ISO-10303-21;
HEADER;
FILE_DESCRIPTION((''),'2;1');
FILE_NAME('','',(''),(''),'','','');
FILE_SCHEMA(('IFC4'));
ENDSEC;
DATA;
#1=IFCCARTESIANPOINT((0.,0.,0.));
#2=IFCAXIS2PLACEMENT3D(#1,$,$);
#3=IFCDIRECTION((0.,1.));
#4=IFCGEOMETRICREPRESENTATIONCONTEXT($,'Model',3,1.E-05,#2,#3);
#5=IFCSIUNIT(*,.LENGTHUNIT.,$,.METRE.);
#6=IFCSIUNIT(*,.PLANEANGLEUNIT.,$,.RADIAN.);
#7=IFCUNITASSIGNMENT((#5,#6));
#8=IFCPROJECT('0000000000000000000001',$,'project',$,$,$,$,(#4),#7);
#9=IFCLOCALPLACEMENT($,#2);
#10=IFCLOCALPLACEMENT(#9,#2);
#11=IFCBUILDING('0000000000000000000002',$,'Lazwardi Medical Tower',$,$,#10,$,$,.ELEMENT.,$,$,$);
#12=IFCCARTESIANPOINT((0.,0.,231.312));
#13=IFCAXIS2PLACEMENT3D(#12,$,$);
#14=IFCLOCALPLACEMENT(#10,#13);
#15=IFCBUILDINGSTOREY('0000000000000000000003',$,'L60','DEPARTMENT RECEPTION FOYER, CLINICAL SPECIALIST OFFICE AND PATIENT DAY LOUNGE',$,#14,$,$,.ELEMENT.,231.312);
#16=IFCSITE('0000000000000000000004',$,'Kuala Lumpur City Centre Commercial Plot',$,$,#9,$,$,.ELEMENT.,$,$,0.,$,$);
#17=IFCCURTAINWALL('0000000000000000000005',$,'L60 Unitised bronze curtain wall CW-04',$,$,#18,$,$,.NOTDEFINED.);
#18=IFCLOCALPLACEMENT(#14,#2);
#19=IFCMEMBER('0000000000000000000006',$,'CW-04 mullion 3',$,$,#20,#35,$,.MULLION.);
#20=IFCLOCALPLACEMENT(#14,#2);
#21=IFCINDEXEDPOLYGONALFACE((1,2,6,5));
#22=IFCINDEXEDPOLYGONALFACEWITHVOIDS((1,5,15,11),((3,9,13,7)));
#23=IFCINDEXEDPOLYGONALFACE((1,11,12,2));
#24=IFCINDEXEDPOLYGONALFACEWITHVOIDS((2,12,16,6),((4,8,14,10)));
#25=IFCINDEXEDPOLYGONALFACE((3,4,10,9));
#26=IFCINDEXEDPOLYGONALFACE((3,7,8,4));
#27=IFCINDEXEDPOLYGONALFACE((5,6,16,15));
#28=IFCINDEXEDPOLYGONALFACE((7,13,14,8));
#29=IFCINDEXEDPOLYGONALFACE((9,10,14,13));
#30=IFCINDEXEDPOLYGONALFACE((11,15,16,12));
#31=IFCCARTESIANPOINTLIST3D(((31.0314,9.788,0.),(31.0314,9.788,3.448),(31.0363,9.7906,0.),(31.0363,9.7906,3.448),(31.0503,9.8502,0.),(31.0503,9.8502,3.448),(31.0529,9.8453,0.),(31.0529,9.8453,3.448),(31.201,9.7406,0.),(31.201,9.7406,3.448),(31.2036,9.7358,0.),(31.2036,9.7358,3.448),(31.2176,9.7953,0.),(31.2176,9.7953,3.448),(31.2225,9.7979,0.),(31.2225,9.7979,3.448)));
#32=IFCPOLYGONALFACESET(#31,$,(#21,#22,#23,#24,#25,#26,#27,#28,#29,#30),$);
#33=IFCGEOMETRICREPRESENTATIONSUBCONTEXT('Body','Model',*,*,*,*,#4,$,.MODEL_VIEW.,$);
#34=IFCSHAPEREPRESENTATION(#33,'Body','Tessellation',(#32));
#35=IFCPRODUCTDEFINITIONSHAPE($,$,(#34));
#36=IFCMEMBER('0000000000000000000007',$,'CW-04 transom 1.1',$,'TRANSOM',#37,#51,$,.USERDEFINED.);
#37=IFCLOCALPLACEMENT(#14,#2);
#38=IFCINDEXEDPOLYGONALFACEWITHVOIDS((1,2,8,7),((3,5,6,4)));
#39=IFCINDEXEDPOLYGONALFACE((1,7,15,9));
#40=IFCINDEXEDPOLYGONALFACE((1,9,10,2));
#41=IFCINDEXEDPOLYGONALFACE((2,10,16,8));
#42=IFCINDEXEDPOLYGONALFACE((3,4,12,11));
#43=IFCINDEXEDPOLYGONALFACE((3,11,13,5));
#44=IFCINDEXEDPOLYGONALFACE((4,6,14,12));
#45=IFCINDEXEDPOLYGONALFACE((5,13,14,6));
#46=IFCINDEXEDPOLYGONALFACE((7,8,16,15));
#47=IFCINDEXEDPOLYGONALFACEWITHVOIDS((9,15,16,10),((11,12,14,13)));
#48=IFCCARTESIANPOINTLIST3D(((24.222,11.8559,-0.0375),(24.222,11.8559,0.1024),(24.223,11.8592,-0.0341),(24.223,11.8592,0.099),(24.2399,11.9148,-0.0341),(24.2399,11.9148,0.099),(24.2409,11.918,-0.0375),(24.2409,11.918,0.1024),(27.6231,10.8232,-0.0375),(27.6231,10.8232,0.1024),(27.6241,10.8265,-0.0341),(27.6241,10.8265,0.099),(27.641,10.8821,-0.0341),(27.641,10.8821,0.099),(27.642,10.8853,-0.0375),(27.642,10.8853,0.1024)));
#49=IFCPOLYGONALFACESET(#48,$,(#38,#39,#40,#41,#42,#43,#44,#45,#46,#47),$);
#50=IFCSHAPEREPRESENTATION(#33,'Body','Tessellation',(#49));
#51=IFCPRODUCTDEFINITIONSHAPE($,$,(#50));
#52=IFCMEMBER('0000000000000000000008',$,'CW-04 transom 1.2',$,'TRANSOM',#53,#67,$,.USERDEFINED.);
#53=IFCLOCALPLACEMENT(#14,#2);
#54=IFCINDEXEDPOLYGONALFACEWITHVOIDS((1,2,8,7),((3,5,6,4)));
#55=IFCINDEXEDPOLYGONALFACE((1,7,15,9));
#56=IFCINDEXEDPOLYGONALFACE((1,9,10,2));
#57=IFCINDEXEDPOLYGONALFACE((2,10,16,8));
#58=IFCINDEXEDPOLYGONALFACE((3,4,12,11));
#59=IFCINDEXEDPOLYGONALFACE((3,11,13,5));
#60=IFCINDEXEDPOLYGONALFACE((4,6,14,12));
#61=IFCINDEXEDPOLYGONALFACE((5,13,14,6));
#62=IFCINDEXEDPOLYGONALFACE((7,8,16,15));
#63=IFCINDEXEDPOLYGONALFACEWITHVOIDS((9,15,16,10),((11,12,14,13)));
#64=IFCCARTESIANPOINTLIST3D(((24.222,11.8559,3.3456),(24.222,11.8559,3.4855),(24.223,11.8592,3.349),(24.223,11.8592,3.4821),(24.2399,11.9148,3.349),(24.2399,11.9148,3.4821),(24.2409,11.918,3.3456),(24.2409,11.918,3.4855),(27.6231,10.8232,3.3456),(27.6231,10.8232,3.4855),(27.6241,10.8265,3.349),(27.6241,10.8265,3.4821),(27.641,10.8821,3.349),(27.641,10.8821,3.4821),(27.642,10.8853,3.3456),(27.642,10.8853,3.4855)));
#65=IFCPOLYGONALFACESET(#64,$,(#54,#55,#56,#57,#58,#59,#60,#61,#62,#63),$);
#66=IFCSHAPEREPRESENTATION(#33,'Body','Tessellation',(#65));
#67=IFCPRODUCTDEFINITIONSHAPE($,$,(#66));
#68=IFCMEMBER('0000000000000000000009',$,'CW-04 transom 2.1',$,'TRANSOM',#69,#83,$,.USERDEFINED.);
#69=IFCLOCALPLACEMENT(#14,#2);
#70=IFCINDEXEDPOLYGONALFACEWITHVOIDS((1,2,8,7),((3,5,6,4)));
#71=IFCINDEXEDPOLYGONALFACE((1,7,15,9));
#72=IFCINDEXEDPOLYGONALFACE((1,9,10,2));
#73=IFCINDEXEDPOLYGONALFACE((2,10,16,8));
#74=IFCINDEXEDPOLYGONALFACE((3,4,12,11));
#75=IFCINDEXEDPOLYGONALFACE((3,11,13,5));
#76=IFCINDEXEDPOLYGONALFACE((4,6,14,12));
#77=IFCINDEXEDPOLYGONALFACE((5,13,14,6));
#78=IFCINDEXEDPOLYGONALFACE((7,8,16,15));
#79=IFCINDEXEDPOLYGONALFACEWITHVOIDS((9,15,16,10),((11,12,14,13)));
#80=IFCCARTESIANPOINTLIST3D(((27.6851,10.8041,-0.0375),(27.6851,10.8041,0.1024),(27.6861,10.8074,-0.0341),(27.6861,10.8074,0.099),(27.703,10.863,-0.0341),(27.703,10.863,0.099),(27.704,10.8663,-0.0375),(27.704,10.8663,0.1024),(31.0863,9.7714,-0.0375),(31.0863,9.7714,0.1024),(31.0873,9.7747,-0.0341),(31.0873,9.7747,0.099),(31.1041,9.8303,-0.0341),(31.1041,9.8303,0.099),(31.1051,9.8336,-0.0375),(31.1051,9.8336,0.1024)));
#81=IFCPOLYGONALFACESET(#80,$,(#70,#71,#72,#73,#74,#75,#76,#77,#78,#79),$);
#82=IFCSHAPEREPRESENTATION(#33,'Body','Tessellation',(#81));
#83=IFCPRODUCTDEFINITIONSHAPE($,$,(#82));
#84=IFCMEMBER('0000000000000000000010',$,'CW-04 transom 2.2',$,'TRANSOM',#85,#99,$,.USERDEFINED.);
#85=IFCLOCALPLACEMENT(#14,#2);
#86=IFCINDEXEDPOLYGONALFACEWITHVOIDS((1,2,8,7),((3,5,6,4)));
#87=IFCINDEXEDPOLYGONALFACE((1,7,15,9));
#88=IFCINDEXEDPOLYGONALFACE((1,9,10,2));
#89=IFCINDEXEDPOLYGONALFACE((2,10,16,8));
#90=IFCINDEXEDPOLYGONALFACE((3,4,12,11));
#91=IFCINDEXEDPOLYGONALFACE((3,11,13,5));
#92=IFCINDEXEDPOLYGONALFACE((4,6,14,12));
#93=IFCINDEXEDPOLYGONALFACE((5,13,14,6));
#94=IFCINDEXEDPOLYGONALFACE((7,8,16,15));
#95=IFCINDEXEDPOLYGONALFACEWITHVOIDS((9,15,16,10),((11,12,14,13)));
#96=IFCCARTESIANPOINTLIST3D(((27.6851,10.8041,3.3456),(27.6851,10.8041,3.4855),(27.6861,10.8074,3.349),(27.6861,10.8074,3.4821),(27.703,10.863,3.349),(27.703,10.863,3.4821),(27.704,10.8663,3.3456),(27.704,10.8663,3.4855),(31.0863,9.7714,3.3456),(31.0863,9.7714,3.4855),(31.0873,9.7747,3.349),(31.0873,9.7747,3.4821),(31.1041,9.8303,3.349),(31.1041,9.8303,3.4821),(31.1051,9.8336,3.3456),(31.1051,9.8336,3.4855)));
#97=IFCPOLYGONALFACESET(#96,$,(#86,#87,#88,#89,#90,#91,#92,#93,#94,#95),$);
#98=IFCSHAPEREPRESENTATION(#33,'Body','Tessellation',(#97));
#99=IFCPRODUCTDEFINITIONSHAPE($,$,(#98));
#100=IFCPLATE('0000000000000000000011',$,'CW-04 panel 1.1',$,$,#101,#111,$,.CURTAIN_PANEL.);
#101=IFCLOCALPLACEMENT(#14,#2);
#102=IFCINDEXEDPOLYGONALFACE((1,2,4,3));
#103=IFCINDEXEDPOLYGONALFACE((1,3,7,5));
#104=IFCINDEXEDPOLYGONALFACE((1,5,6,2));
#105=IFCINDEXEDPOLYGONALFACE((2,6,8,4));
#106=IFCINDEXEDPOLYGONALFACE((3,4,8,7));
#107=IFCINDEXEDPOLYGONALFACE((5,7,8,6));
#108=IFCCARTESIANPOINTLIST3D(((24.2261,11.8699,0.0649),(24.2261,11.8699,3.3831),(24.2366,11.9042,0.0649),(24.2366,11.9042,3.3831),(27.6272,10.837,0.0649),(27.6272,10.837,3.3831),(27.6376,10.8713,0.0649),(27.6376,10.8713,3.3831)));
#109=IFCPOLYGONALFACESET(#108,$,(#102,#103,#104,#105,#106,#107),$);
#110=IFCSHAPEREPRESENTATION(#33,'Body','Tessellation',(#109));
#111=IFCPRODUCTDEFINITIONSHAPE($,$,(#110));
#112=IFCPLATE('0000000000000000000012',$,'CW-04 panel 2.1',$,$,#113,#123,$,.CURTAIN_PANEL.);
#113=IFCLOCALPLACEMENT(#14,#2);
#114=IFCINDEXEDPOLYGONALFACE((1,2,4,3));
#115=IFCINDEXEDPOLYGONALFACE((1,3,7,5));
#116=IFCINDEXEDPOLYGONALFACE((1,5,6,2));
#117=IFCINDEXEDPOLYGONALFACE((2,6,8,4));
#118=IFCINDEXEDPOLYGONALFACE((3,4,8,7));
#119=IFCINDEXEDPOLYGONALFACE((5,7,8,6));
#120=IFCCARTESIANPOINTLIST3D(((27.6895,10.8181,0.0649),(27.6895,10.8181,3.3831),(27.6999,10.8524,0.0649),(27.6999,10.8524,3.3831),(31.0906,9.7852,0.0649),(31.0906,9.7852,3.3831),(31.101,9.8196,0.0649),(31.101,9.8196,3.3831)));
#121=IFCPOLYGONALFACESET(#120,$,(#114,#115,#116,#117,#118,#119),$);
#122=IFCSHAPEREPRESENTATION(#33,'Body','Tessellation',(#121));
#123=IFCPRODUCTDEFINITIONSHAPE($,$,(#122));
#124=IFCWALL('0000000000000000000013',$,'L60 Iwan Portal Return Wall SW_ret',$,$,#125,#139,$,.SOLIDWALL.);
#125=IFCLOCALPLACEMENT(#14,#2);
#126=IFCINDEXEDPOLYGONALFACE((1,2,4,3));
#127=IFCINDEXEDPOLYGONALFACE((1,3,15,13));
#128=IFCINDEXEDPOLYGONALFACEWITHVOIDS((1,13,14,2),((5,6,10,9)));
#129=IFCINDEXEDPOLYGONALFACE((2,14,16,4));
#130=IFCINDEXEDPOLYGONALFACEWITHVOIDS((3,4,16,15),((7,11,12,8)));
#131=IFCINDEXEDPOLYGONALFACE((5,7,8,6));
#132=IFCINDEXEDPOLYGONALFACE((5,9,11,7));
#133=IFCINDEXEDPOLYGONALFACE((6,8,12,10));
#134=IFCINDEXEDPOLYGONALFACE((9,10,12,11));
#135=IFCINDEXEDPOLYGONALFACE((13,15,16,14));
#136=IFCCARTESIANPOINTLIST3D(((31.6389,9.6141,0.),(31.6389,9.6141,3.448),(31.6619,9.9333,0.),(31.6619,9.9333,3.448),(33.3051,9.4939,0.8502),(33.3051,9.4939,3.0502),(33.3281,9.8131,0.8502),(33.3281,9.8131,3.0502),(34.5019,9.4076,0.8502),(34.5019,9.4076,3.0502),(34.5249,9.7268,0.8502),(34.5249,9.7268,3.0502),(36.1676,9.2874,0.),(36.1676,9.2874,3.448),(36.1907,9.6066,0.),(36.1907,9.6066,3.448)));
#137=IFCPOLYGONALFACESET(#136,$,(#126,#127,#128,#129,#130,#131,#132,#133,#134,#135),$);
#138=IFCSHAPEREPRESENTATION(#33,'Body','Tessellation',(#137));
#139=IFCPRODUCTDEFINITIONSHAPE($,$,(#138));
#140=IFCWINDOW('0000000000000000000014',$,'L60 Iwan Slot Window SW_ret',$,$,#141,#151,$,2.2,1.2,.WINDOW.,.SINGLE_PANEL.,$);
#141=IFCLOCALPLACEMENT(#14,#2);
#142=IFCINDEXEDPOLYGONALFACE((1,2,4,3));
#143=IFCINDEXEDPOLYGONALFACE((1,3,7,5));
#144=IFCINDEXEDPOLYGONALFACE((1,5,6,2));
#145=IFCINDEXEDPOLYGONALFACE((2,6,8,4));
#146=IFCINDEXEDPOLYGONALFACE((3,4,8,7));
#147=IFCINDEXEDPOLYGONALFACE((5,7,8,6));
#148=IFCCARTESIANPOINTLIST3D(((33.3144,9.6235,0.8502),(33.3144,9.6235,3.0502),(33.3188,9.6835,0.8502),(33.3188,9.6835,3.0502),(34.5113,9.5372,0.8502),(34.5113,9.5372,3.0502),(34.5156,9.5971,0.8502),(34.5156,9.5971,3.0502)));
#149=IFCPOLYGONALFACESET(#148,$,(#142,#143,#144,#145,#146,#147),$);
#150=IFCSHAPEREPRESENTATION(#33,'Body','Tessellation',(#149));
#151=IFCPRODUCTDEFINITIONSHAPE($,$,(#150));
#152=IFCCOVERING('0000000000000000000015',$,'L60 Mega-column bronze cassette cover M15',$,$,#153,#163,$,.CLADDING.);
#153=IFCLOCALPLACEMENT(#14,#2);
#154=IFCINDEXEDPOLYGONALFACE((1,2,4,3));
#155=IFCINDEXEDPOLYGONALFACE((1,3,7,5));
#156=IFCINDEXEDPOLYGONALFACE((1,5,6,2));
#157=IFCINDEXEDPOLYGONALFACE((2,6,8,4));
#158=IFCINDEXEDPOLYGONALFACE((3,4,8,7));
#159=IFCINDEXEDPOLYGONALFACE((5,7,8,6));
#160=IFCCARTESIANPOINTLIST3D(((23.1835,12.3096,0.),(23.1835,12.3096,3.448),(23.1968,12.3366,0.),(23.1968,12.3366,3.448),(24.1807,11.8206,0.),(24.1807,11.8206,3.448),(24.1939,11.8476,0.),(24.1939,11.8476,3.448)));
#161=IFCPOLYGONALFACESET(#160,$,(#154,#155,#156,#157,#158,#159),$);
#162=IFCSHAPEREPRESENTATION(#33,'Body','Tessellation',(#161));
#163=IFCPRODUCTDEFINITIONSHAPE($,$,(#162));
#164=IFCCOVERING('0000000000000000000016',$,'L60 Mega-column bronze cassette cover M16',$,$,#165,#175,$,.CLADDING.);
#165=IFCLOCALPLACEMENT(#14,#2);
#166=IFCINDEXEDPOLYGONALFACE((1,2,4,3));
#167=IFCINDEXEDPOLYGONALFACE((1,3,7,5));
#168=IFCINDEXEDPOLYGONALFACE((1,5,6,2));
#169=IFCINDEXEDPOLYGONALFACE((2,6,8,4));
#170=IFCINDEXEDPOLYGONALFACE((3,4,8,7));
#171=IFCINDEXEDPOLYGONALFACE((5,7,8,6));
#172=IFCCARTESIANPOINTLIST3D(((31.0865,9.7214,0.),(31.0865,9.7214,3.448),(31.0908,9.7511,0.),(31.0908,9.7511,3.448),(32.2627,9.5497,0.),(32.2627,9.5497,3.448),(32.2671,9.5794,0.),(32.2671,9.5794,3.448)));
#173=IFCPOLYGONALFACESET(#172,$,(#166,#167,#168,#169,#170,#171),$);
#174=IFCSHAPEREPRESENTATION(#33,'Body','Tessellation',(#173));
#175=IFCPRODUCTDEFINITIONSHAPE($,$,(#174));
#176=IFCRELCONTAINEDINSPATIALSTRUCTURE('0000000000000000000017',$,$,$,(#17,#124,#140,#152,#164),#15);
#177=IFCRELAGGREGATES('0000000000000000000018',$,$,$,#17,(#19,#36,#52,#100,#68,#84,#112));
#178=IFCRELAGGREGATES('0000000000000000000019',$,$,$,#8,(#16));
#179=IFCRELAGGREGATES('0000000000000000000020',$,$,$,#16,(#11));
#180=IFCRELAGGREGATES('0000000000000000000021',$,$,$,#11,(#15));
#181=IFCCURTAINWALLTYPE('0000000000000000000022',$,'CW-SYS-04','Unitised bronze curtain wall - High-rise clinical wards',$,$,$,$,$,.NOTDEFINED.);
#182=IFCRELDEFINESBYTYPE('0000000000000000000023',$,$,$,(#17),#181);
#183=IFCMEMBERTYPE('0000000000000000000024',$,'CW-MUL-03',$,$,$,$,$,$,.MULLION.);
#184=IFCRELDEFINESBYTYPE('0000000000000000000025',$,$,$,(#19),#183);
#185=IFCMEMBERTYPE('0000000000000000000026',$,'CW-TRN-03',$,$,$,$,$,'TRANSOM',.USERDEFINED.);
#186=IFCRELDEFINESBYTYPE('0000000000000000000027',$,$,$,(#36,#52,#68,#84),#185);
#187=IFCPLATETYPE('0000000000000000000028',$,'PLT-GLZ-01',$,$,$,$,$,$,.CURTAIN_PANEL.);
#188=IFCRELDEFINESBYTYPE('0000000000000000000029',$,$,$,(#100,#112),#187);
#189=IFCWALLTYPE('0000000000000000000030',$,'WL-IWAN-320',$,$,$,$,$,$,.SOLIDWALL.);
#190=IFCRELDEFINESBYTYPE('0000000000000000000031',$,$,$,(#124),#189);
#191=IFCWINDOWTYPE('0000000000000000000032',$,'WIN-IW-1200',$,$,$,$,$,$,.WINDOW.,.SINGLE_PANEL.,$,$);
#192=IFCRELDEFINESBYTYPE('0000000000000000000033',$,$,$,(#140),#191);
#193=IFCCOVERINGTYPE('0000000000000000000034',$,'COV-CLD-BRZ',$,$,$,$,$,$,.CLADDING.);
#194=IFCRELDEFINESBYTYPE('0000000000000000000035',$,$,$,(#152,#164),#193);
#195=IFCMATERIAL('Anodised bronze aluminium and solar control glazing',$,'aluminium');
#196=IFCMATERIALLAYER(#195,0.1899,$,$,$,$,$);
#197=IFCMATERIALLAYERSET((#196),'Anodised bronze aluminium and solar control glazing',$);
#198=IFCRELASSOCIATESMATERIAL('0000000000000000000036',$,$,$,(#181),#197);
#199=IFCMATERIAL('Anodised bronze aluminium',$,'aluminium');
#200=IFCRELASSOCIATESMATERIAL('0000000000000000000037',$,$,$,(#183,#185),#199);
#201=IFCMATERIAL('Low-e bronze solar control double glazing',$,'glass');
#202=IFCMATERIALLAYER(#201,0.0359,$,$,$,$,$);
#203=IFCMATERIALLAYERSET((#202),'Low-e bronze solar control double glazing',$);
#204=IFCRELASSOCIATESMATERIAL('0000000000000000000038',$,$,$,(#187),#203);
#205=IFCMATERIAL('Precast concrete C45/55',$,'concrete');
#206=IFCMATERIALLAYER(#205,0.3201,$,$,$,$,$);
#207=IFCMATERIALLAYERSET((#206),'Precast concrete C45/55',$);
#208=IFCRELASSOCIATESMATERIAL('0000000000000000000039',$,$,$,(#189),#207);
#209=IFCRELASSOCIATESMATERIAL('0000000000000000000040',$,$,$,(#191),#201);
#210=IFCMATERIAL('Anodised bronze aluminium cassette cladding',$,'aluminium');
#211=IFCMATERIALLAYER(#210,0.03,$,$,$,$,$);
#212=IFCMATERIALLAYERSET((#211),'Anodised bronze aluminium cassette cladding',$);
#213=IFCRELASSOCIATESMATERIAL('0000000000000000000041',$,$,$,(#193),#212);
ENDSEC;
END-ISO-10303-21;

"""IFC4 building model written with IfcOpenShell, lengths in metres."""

from ifc_helpers import new_model, si_unit, direction, frame, frame_2d, origin, origin_2d, place, context, subcontext, project, spatial, rectangle, hollow_rectangle, extrude, material, layer, layer_set, material_profile, profile_set, type_object, element, fill, aggregate, save


model = new_model("IFC4")

# Units and contexts
model_context = context("Model", 3, precision=1e-05, world=origin(), true_north=direction((0.0, 1.0)))
body_context = subcontext(model_context, "Body", "Model", "MODEL_VIEW")
ifc_project = project(units=[si_unit("LENGTHUNIT", "METRE"), si_unit("PLANEANGLEUNIT", "RADIAN")], contexts=[model_context])

# Site, building, storey
site_placement = place(None, origin())
site = spatial("IfcSite", under=ifc_project, at=site_placement, Name="Kuala Lumpur City Centre Commercial Plot", CompositionType="ELEMENT", RefElevation=0.0)
building_placement = place(site_placement, origin())
building = spatial("IfcBuilding", under=site, at=building_placement, Name="Lazwardi Medical Tower", CompositionType="ELEMENT")
storey_placement = place(building_placement, frame((0.0, 0.0, 231.312)))
storey = spatial("IfcBuildingStorey", under=building, at=storey_placement, Name="L60", Description="DEPARTMENT RECEPTION FOYER, CLINICAL SPECIALIST OFFICE AND PATIENT DAY LOUNGE", CompositionType="ELEMENT", Elevation=231.312)

# Shared definitions
ifc_material_1 = material(Name="Anodised bronze aluminium and solar control glazing", Category="aluminium")
ifc_layer_1 = layer(ifc_material_1, 0.1899)
ifc_layer_set_1 = layer_set([ifc_layer_1], Name="Anodised bronze aluminium and solar control glazing")
curtain_wall_type = type_object("IfcCurtainWallType", Name="CW-SYS-04", Description="Unitised bronze curtain wall - High-rise clinical wards", PredefinedType="NOTDEFINED", material=ifc_layer_set_1)
ifc_material_2 = material(Name="Anodised bronze aluminium", Category="aluminium")
ifc_material_profile_1 = material_profile(ifc_material_2, hollow_rectangle(XDim=0.0649, YDim=0.1799, WallThickness=0.0039, at=origin_2d()), Name="ALU-MULLION 180x65x4")
ifc_profile_set_1 = profile_set([ifc_material_profile_1], Name="Anodised bronze aluminium")
member_type_1 = type_object("IfcMemberType", Name="CW-MUL-03", PredefinedType="MULLION", material=ifc_profile_set_1)

# Curtain wall, members, plates
curtain_wall_1_placement = place(storey_placement, origin())
curtain_wall_1 = element("IfcCurtainWall", 1, at=curtain_wall_1_placement, inside=storey, type_object=curtain_wall_type, Name="L60 Unitised bronze curtain wall CW-04", PredefinedType="NOTDEFINED")
member_1_placement = place(storey_placement, frame((31.127, 9.793, 0.0), z_axis=(0.0, 0.0, 1.0), x_axis=(0.290582, 0.95685, 0.0)))
member_1 = element("IfcMember", 2, at=member_1_placement, type_object=member_type_1, Name="CW-04 mullion 3", PredefinedType="MULLION", context=body_context, shape_type="SweptSolid", body=[
    extrude(hollow_rectangle(XDim=0.0649, YDim=0.1799, WallThickness=0.0039, at=origin_2d()), origin(), (0.0, 0.0, 1.0), 3.448),
])
ifc_material_profile_2 = material_profile(ifc_material_2, hollow_rectangle(XDim=0.0649, YDim=0.1399, WallThickness=0.0034, at=origin_2d()), Name="ALU-TRANSOM 140x65x3.5")
ifc_profile_set_2 = profile_set([ifc_material_profile_2], Name="Anodised bronze aluminium")
member_type_2 = type_object("IfcMemberType", Name="CW-TRN-03", ElementType="TRANSOM", PredefinedType="USERDEFINED", material=ifc_profile_set_2)
member_2_placement = place(storey_placement, frame((24.2314, 11.887, 0.0325), z_axis=(0.956863, -0.290541, 0.0), x_axis=(0.290541, 0.956863, 0.0)))
member_2 = element("IfcMember", 3, at=member_2_placement, type_object=member_type_2, Name="CW-04 transom 1.1", ObjectType="TRANSOM", PredefinedType="USERDEFINED", context=body_context, shape_type="SweptSolid", body=[
    extrude(hollow_rectangle(XDim=0.0649, YDim=0.1399, WallThickness=0.0034, at=origin_2d()), origin(), (0.0, 0.0, 1.0), 3.5544),
])
member_3_placement = place(storey_placement, frame((24.2314, 11.887, 3.4155), z_axis=(0.956863, -0.290541, 0.0), x_axis=(0.290541, 0.956863, 0.0)))
member_3 = element("IfcMember", 4, at=member_3_placement, type_object=member_type_2, Name="CW-04 transom 1.2", ObjectType="TRANSOM", PredefinedType="USERDEFINED", context=body_context, shape_type="SweptSolid", body=[
    extrude(hollow_rectangle(XDim=0.0649, YDim=0.1399, WallThickness=0.0034, at=origin_2d()), origin(), (0.0, 0.0, 1.0), 3.5544),
])
member_4_placement = place(storey_placement, frame((27.6946, 10.8352, 0.0325), z_axis=(0.956863, -0.290541, 0.0), x_axis=(0.290541, 0.956863, 0.0)))
member_4 = element("IfcMember", 5, at=member_4_placement, type_object=member_type_2, Name="CW-04 transom 2.1", ObjectType="TRANSOM", PredefinedType="USERDEFINED", context=body_context, shape_type="SweptSolid", body=[
    extrude(hollow_rectangle(XDim=0.0649, YDim=0.1399, WallThickness=0.0034, at=origin_2d()), origin(), (0.0, 0.0, 1.0), 3.5544),
])
member_5_placement = place(storey_placement, frame((27.6946, 10.8352, 3.4155), z_axis=(0.956863, -0.290541, 0.0), x_axis=(0.290541, 0.956863, 0.0)))
member_5 = element("IfcMember", 6, at=member_5_placement, type_object=member_type_2, Name="CW-04 transom 2.2", ObjectType="TRANSOM", PredefinedType="USERDEFINED", context=body_context, shape_type="SweptSolid", body=[
    extrude(hollow_rectangle(XDim=0.0649, YDim=0.1399, WallThickness=0.0034, at=origin_2d()), origin(), (0.0, 0.0, 1.0), 3.5544),
])
ifc_material_3 = material(Name="Low-e bronze solar control double glazing", Category="glass")
ifc_layer_2 = layer(ifc_material_3, 0.0359)
ifc_layer_set_2 = layer_set([ifc_layer_2], Name="Low-e bronze solar control double glazing")
plate_type = type_object("IfcPlateType", Name="PLT-GLZ-01", PredefinedType="CURTAIN_PANEL", material=ifc_layer_set_2)
plate_1_placement = place(storey_placement, frame((25.9319, 11.3706, 0.0649), z_axis=(0.0, 0.0, 1.0), x_axis=(0.95685, -0.290582, 0.0)))
plate_1 = element("IfcPlate", 7, at=plate_1_placement, type_object=plate_type, Name="CW-04 panel 1.1", PredefinedType="CURTAIN_PANEL", context=body_context, shape_type="SweptSolid", body=[
    extrude(rectangle(XDim=3.5544, YDim=0.0359, at=origin_2d()), origin(), (0.0, 0.0, 1.0), 3.3181),
])
plate_2_placement = place(storey_placement, frame((29.3953, 10.3188, 0.0649), z_axis=(0.0, 0.0, 1.0), x_axis=(0.95685, -0.290582, 0.0)))
plate_2 = element("IfcPlate", 8, at=plate_2_placement, type_object=plate_type, Name="CW-04 panel 2.1", PredefinedType="CURTAIN_PANEL", context=body_context, shape_type="SweptSolid", body=[
    extrude(rectangle(XDim=3.5544, YDim=0.0359, at=origin_2d()), origin(), (0.0, 0.0, 1.0), 3.3181),
])
aggregate(curtain_wall_1, [member_1, member_2, member_3, plate_1, member_4, member_5, plate_2])

# Wall, opening, window
ifc_material_4 = material(Name="Precast concrete C45/55", Category="concrete")
ifc_layer_3 = layer(ifc_material_4, 0.3201)
ifc_layer_set_3 = layer_set([ifc_layer_3], Name="Precast concrete C45/55")
wall_type = type_object("IfcWallType", Name="WL-IWAN-320", PredefinedType="SOLIDWALL", material=ifc_layer_set_3)
wall_placement = place(storey_placement, frame((31.6504, 9.7737, 0.0), z_axis=(0.0, 0.0, 1.0), x_axis=(0.997409, -0.071942, 0.0)))
wall = element("IfcWall", 9, at=wall_placement, inside=storey, type_object=wall_type, Name="L60 Iwan Portal Return Wall SW_ret", PredefinedType="SOLIDWALL", context=body_context, shape_type="SweptSolid", body=[
    extrude(rectangle(XDim=4.5405, YDim=0.3201, at=frame_2d((2.2703, 0.0))), origin(), (0.0, 0.0, 1.0), 3.448),
])
opening_placement = place(wall_placement, frame((1.6704, 0.0, 0.8501)))
opening = element("IfcOpeningElement", 10, at=opening_placement, cuts=wall, PredefinedType="OPENING", context=body_context, shape_type="SweptSolid", body=[
    extrude(rectangle(XDim=1.2, YDim=2.2, at=frame_2d((0.6001, 1.1001))), frame((0.0, 0.1699, 0.0), z_axis=(0.0, -1.0, 0.0), x_axis=(1.0, 0.0, 0.0)), (0.0, 0.0, 1.0), 0.3401),
])
window_type = type_object("IfcWindowType", Name="WIN-IW-1200", PartitioningType="SINGLE_PANEL", PredefinedType="WINDOW", material=ifc_material_3)
window_placement = place(opening_placement, origin())
window = element("IfcWindow", 11, at=window_placement, inside=storey, type_object=window_type, Name="L60 Iwan Slot Window SW_ret", OverallHeight=2.2, OverallWidth=1.2, PartitioningType="SINGLE_PANEL", PredefinedType="WINDOW", context=body_context, shape_type="SweptSolid", body=[
    extrude(rectangle(XDim=1.2, YDim=2.2, at=frame_2d((0.6001, 1.1001))), frame((0.0, 0.03, 0.0), z_axis=(0.0, -1.0, 0.0), x_axis=(1.0, 0.0, 0.0)), (0.0, 0.0, 1.0), 0.0601),
])
fill(opening, window)

# Coverings
ifc_material_5 = material(Name="Anodised bronze aluminium cassette cladding", Category="aluminium")
ifc_layer_4 = layer(ifc_material_5, 0.03)
ifc_layer_set_4 = layer_set([ifc_layer_4], Name="Anodised bronze aluminium cassette cladding")
covering_type_1 = type_object("IfcCoveringType", Name="COV-CLD-BRZ", PredefinedType="CLADDING", material=ifc_layer_set_4)
covering_1_placement = place(storey_placement, frame((23.6887, 12.0786, 0.0), z_axis=(0.0, 0.0, 1.0), x_axis=(0.89784, -0.440322, 0.0)))
element("IfcCovering", 12, at=covering_1_placement, inside=storey, type_object=covering_type_1, Name="L60 Mega-column bronze cassette cover M15", PredefinedType="CLADDING", context=body_context, shape_type="SweptSolid", body=[
    extrude(rectangle(XDim=1.1106, YDim=0.03, at=origin_2d()), origin(), (0.0, 0.0, 1.0), 3.448),
])
covering_2_placement = place(storey_placement, frame((31.6768, 9.6504, 0.0), z_axis=(0.0, 0.0, 1.0), x_axis=(0.989512, -0.144448, 0.0)))
element("IfcCovering", 13, at=covering_2_placement, inside=storey, type_object=covering_type_1, Name="L60 Mega-column bronze cassette cover M16", PredefinedType="CLADDING", context=body_context, shape_type="SweptSolid", body=[
    extrude(rectangle(XDim=1.1887, YDim=0.03, at=origin_2d()), origin(), (0.0, 0.0, 1.0), 3.448),
])

save(model, "model.ifc")
